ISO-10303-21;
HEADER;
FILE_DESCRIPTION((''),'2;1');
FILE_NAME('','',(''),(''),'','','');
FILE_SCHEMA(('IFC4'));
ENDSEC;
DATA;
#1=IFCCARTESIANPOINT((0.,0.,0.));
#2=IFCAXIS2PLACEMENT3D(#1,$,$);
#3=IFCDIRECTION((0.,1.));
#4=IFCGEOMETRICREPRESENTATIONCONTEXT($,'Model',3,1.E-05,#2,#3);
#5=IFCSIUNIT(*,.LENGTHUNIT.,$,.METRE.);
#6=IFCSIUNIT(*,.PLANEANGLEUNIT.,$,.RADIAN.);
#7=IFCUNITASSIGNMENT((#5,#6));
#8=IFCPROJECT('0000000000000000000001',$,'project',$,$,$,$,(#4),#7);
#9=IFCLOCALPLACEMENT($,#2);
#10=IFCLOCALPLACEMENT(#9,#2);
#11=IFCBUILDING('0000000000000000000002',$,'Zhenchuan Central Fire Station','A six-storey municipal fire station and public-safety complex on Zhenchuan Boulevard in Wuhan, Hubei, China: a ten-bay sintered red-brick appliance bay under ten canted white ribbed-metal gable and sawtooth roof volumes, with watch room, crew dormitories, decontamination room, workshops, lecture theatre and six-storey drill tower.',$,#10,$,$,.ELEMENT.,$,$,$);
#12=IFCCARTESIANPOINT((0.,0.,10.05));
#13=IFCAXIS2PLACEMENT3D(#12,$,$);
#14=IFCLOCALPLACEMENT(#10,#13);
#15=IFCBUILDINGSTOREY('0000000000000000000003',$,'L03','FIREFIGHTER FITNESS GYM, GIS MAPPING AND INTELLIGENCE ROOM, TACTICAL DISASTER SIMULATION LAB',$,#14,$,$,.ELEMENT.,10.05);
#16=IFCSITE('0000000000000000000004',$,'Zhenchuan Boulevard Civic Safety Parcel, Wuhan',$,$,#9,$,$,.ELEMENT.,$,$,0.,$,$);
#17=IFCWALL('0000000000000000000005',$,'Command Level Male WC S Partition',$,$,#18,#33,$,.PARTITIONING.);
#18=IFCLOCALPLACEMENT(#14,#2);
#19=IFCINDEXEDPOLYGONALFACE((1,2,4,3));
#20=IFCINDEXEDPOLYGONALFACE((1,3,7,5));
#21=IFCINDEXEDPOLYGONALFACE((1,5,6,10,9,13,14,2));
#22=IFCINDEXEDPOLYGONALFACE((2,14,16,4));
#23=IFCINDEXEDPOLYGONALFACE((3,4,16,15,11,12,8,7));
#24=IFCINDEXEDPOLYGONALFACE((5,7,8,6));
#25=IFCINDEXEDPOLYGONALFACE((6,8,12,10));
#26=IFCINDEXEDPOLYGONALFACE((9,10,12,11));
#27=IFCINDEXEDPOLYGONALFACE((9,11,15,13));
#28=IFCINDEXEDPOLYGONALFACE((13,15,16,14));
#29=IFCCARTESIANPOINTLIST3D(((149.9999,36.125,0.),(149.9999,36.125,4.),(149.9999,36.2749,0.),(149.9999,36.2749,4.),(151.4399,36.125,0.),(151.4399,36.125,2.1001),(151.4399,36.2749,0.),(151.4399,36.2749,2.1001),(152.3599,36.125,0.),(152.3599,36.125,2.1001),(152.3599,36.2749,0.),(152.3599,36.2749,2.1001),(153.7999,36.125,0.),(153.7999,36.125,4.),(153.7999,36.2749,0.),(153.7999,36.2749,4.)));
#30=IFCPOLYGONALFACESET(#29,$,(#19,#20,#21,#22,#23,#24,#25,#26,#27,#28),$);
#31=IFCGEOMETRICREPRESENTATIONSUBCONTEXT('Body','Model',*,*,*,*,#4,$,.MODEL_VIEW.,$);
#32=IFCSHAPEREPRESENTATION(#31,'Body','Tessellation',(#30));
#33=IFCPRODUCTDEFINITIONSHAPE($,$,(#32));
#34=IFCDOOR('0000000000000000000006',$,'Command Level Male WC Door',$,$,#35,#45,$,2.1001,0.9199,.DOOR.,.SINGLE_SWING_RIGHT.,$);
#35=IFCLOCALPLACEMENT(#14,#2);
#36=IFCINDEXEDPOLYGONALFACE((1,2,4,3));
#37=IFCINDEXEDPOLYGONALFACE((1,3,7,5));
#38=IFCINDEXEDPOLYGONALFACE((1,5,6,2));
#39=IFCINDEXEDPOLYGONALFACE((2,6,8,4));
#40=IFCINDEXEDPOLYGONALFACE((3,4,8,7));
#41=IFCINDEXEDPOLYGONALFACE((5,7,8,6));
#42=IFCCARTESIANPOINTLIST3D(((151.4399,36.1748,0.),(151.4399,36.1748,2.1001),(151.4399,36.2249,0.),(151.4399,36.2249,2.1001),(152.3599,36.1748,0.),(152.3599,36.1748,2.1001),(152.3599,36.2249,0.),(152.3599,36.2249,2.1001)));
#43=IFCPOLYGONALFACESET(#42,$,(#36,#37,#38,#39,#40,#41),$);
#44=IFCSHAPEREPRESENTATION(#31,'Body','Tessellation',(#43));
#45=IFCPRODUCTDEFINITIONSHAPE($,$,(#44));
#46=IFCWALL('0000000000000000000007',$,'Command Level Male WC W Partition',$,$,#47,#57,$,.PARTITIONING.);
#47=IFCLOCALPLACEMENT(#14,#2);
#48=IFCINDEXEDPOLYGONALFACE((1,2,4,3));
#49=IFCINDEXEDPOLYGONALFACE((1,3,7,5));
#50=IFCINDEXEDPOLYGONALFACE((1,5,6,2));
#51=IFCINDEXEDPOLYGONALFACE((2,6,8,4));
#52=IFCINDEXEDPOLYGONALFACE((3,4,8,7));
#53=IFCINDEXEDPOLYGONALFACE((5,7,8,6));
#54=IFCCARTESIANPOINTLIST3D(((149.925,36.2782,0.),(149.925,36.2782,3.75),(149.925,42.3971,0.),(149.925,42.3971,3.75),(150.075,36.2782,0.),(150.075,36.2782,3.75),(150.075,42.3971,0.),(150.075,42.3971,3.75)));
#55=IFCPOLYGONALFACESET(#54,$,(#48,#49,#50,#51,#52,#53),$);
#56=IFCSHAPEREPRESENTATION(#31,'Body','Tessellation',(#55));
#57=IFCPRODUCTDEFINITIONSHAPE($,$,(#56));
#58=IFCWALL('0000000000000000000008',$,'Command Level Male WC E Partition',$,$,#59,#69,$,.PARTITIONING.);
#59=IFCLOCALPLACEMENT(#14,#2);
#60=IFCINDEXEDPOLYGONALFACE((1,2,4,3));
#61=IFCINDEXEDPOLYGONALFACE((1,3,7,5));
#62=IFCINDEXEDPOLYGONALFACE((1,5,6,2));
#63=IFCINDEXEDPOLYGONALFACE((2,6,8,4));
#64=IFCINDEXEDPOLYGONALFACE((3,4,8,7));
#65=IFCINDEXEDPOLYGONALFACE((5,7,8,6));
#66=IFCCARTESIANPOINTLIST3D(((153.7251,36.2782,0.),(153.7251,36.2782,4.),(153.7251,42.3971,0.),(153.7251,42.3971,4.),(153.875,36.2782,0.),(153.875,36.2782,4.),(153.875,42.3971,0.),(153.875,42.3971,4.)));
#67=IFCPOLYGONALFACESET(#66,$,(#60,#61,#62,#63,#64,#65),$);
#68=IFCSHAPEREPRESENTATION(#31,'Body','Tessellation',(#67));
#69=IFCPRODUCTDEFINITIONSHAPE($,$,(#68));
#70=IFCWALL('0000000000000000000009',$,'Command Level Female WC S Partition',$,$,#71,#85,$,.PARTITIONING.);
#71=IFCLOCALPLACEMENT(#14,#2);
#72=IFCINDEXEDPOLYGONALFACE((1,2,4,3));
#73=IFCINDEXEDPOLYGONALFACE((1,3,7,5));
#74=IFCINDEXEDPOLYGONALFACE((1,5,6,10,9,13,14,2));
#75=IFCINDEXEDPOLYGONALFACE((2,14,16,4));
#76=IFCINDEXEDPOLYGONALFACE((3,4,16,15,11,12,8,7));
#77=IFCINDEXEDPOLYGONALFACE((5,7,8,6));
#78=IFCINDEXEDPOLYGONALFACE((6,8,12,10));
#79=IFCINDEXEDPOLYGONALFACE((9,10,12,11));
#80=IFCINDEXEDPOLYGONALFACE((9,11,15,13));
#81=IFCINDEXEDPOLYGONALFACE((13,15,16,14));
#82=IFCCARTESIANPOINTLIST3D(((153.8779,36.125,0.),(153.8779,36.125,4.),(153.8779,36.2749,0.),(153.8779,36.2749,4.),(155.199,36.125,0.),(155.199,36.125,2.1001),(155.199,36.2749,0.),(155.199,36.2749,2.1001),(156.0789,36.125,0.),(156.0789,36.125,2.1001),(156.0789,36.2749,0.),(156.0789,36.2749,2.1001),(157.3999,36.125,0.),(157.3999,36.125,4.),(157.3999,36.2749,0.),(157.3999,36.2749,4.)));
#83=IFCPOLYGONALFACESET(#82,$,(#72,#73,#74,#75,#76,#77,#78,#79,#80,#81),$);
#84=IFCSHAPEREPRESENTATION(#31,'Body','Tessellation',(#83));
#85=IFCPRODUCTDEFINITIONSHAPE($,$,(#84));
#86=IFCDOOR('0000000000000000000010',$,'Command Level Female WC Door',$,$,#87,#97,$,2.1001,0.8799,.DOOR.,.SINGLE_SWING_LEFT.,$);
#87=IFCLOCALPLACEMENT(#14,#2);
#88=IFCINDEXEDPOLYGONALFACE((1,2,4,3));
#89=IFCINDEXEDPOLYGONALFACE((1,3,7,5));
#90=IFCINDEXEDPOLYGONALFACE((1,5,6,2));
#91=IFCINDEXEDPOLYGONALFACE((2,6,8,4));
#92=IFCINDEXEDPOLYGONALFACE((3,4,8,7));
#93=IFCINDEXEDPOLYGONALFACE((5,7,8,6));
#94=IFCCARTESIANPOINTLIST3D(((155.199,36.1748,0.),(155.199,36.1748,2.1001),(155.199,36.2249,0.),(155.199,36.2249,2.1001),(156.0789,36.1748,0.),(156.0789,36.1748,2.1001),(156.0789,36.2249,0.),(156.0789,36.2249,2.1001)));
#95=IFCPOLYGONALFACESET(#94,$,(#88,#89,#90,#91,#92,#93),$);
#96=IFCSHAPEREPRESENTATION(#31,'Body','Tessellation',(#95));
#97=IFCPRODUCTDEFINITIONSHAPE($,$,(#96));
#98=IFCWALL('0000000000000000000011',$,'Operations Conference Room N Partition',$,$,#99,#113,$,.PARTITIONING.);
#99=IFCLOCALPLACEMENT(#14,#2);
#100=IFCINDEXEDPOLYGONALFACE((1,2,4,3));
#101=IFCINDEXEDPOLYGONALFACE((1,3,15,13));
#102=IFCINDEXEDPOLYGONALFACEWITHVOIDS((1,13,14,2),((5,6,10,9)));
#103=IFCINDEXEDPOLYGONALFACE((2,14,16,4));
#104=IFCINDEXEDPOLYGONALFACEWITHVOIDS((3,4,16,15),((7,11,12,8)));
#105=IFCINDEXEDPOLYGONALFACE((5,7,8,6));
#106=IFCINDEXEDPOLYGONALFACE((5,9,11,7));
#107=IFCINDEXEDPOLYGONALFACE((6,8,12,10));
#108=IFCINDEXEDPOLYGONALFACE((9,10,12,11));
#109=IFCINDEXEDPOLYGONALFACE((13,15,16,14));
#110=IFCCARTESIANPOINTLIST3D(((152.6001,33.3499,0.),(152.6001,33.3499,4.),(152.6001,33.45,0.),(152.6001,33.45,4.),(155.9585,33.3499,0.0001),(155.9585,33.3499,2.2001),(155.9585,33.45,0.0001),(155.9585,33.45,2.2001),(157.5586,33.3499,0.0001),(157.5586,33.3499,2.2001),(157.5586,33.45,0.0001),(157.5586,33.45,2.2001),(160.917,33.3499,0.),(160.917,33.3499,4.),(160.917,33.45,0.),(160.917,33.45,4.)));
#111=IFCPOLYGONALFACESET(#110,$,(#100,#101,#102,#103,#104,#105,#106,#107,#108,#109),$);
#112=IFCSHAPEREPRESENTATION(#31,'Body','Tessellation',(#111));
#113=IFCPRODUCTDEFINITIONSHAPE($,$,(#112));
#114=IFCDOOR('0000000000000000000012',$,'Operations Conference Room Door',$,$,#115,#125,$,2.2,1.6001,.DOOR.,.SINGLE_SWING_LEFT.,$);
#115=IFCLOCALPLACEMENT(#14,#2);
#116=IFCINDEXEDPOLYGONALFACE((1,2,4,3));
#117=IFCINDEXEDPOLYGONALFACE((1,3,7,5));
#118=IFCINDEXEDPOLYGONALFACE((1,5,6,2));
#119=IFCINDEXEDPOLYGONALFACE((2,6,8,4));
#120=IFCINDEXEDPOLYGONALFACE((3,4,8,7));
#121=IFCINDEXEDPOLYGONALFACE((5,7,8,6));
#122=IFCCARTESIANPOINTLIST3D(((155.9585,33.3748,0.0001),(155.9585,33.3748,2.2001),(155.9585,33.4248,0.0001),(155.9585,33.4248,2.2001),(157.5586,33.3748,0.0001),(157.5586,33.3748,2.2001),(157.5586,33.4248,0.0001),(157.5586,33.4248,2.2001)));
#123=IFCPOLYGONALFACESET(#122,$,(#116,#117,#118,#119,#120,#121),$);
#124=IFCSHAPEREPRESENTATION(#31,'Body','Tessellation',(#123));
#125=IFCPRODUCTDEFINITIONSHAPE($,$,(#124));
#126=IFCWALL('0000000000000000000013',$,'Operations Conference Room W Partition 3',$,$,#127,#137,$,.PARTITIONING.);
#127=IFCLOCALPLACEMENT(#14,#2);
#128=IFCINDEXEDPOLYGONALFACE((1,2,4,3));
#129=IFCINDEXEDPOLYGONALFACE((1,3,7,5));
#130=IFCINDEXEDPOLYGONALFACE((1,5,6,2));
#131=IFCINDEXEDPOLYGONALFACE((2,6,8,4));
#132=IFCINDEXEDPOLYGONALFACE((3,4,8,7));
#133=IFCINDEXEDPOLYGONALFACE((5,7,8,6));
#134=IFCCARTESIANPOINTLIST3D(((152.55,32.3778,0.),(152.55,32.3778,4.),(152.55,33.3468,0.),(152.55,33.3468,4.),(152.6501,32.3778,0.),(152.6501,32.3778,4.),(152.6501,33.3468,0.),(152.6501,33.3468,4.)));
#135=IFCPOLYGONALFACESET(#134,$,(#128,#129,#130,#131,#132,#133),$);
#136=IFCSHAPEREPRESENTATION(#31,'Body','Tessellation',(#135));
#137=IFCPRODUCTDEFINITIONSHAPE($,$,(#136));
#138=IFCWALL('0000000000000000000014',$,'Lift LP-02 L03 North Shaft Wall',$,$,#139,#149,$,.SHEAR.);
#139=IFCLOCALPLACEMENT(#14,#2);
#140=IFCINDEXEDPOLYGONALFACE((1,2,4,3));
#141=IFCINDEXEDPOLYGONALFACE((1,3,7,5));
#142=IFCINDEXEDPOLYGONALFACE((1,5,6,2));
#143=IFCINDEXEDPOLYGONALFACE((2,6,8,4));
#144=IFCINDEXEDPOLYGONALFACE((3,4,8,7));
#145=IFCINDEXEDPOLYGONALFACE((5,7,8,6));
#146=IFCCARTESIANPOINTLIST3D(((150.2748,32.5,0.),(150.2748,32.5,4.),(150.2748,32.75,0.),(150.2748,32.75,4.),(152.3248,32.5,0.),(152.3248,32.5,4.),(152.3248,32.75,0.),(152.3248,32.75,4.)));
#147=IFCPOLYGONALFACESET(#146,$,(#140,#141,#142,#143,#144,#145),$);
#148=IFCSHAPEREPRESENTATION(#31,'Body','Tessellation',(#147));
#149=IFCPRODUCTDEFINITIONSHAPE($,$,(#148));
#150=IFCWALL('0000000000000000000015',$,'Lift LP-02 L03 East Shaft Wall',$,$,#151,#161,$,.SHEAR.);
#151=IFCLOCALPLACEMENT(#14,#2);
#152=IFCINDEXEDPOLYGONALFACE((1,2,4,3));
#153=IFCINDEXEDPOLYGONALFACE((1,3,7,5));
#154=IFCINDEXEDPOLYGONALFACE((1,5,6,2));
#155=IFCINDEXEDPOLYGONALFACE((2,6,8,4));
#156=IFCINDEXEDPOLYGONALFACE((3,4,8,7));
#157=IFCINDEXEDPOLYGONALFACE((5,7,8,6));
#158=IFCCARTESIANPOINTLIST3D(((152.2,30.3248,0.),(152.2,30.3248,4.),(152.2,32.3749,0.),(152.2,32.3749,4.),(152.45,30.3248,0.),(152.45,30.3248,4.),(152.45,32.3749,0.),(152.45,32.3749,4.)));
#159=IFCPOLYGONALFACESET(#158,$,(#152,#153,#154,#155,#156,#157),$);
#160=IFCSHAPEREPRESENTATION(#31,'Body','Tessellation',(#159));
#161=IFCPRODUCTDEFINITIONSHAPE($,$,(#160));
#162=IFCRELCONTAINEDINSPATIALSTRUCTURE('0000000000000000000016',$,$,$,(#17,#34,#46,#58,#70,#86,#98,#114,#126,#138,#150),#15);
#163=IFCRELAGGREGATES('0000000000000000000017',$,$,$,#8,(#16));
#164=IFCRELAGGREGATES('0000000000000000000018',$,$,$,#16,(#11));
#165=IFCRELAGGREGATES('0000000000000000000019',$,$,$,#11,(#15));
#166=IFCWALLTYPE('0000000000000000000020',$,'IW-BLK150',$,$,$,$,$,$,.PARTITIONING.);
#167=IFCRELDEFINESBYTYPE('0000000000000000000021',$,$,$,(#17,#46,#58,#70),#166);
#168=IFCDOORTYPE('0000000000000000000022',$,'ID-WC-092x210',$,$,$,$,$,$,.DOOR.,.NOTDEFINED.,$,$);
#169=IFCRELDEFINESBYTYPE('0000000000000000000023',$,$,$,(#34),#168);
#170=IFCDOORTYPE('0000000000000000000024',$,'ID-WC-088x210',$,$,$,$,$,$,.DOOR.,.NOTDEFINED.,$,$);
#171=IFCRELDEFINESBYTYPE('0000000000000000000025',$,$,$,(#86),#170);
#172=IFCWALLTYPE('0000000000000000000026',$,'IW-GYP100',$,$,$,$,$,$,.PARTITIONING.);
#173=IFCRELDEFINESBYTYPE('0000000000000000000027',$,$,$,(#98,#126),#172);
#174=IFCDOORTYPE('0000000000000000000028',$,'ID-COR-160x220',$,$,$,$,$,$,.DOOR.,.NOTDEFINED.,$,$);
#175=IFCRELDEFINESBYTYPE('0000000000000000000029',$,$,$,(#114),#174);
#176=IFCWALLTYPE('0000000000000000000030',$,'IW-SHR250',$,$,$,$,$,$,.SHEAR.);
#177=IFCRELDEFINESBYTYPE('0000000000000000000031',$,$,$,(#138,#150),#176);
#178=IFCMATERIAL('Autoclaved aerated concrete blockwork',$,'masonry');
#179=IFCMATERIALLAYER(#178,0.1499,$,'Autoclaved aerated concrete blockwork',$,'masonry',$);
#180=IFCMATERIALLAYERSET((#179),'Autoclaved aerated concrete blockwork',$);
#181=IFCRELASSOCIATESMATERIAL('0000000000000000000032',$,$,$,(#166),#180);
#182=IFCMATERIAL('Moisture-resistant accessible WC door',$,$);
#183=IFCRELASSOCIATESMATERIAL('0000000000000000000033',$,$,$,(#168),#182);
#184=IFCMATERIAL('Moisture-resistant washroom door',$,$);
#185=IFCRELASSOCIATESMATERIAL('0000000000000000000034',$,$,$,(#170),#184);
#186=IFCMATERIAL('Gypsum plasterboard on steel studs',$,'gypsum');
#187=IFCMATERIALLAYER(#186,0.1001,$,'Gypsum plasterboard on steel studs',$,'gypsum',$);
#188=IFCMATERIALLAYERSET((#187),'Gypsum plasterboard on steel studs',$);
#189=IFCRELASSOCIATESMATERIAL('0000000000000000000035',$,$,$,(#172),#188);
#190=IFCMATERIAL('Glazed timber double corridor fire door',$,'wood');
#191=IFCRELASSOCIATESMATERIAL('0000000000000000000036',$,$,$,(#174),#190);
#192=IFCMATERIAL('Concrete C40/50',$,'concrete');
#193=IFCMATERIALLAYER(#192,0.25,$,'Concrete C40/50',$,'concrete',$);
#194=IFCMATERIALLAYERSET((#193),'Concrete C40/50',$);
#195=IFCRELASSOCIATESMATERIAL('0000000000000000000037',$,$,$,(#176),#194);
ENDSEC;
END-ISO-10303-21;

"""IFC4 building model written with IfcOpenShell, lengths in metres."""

from ifc_helpers import new_model, si_unit, direction, frame, frame_2d, origin, place, context, subcontext, project, spatial, rectangle, extrude, material, layer, layer_set, type_object, element, fill, save


model = new_model("IFC4")

# Units and contexts
model_context = context("Model", 3, precision=1e-05, world=origin(), true_north=direction((0.0, 1.0)))
body_context = subcontext(model_context, "Body", "Model", "MODEL_VIEW")
ifc_project = project(units=[si_unit("LENGTHUNIT", "METRE"), si_unit("PLANEANGLEUNIT", "RADIAN")], contexts=[model_context])

# Site, building, storey
site_placement = place(None, origin())
site = spatial("IfcSite", under=ifc_project, at=site_placement, Name="Zhenchuan Boulevard Civic Safety Parcel, Wuhan", CompositionType="ELEMENT", RefElevation=0.0)
building_placement = place(site_placement, origin())
building = spatial("IfcBuilding", under=site, at=building_placement, Name="Zhenchuan Central Fire Station", Description="A six-storey municipal fire station and public-safety complex on Zhenchuan Boulevard in Wuhan, Hubei, China: a ten-bay sintered red-brick appliance bay under ten canted white ribbed-metal gable and sawtooth roof volumes, with watch room, crew dormitories, decontamination room, workshops, lecture theatre and six-storey drill tower.", CompositionType="ELEMENT")
storey_placement = place(building_placement, frame((0.0, 0.0, 10.05)))
storey = spatial("IfcBuildingStorey", under=building, at=storey_placement, Name="L03", Description="FIREFIGHTER FITNESS GYM, GIS MAPPING AND INTELLIGENCE ROOM, TACTICAL DISASTER SIMULATION LAB", CompositionType="ELEMENT", Elevation=10.05)

# Shared definitions
ifc_material_1 = material(Name="Concrete C40/50", Category="concrete")

# Wall, opening, door
ifc_material_2 = material(Name="Autoclaved aerated concrete blockwork", Category="masonry")
ifc_layer_1 = layer(ifc_material_2, 0.1499, Name="Autoclaved aerated concrete blockwork", Category="masonry")
ifc_layer_set_1 = layer_set([ifc_layer_1], Name="Autoclaved aerated concrete blockwork")
wall_type_1 = type_object("IfcWallType", Name="IW-BLK150", PredefinedType="PARTITIONING", material=ifc_layer_set_1)
wall_1_placement = place(storey_placement, frame((150.0, 36.2, 0.0), z_axis=(0.0, 0.0, 1.0), x_axis=(1.0, 0.0, 0.0)))
wall_1 = element("IfcWall", 1, at=wall_1_placement, inside=storey, type_object=wall_type_1, Name="Command Level Male WC S Partition", PredefinedType="PARTITIONING", context=body_context, shape_type="SweptSolid", body=[
    extrude(rectangle(XDim=3.8, YDim=0.1499, at=frame_2d((1.8999, 0.0))), origin(), (0.0, 0.0, 1.0), 4.0),
])
opening_1_placement = place(wall_1_placement, frame((1.4399, 0.0, 0.0)))
opening_1 = element("IfcOpeningElement", 2, at=opening_1_placement, cuts=wall_1, PredefinedType="OPENING", context=body_context, shape_type="SweptSolid", body=[
    extrude(rectangle(XDim=0.9199, YDim=2.1001, at=frame_2d((0.46, 1.05))), frame((0.0, 0.085, 0.0), z_axis=(0.0, -1.0, 0.0), x_axis=(1.0, 0.0, 0.0)), (0.0, 0.0, 1.0), 0.1699),
])
ifc_material_3 = material(Name="Moisture-resistant accessible WC door")
door_type_1 = type_object("IfcDoorType", Name="ID-WC-092x210", OperationType="NOTDEFINED", PredefinedType="DOOR", material=ifc_material_3)
door_1_placement = place(opening_1_placement, origin())
door_1 = element("IfcDoor", 3, at=door_1_placement, inside=storey, type_object=door_type_1, Name="Command Level Male WC Door", OperationType="SINGLE_SWING_RIGHT", OverallHeight=2.1001, OverallWidth=0.9199, PredefinedType="DOOR", context=body_context, shape_type="SweptSolid", body=[
    extrude(rectangle(XDim=0.9199, YDim=2.1001, at=frame_2d((0.46, 1.05))), frame((0.0, 0.0249, 0.0), z_axis=(0.0, -1.0, 0.0), x_axis=(1.0, 0.0, 0.0)), (0.0, 0.0, 1.0), 0.05),
])
fill(opening_1, door_1)

# Walls
wall_2_placement = place(storey_placement, frame((150.0, 36.2781, 0.0), z_axis=(0.0, 0.0, 1.0), x_axis=(0.0, 1.0, 0.0)))
element("IfcWall", 4, at=wall_2_placement, inside=storey, type_object=wall_type_1, Name="Command Level Male WC W Partition", PredefinedType="PARTITIONING", context=body_context, shape_type="SweptSolid", body=[
    extrude(rectangle(XDim=6.1189, YDim=0.1499, at=frame_2d((3.0596, 0.0))), origin(), (0.0, 0.0, 1.0), 3.75),
])
wall_3_placement = place(storey_placement, frame((153.8, 36.2781, 0.0), z_axis=(0.0, 0.0, 1.0), x_axis=(0.0, 1.0, 0.0)))
element("IfcWall", 5, at=wall_3_placement, inside=storey, type_object=wall_type_1, Name="Command Level Male WC E Partition", PredefinedType="PARTITIONING", context=body_context, shape_type="SweptSolid", body=[
    extrude(rectangle(XDim=6.1189, YDim=0.1499, at=frame_2d((3.0596, 0.0))), origin(), (0.0, 0.0, 1.0), 4.0),
])

# Walls, openings, doors
wall_4_placement = place(storey_placement, frame((153.8779, 36.2, 0.0), z_axis=(0.0, 0.0, 1.0), x_axis=(1.0, 0.0, 0.0)))
wall_4 = element("IfcWall", 6, at=wall_4_placement, inside=storey, type_object=wall_type_1, Name="Command Level Female WC S Partition", PredefinedType="PARTITIONING", context=body_context, shape_type="SweptSolid", body=[
    extrude(rectangle(XDim=3.522, YDim=0.1499, at=frame_2d((1.761, 0.0))), origin(), (0.0, 0.0, 1.0), 4.0),
])
opening_2_placement = place(wall_4_placement, frame((1.321, 0.0, 0.0)))
opening_2 = element("IfcOpeningElement", 7, at=opening_2_placement, cuts=wall_4, PredefinedType="OPENING", context=body_context, shape_type="SweptSolid", body=[
    extrude(rectangle(XDim=0.8799, YDim=2.1001, at=frame_2d((0.4399, 1.05))), frame((0.0, 0.085, 0.0), z_axis=(0.0, -1.0, 0.0), x_axis=(1.0, 0.0, 0.0)), (0.0, 0.0, 1.0), 0.1699),
])
ifc_material_4 = material(Name="Moisture-resistant washroom door")
door_type_2 = type_object("IfcDoorType", Name="ID-WC-088x210", OperationType="NOTDEFINED", PredefinedType="DOOR", material=ifc_material_4)
door_2_placement = place(opening_2_placement, origin())
door_2 = element("IfcDoor", 8, at=door_2_placement, inside=storey, type_object=door_type_2, Name="Command Level Female WC Door", OperationType="SINGLE_SWING_LEFT", OverallHeight=2.1001, OverallWidth=0.8799, PredefinedType="DOOR", context=body_context, shape_type="SweptSolid", body=[
    extrude(rectangle(XDim=0.8799, YDim=2.1001, at=frame_2d((0.4399, 1.05))), frame((0.0, 0.0249, 0.0), z_axis=(0.0, -1.0, 0.0), x_axis=(1.0, 0.0, 0.0)), (0.0, 0.0, 1.0), 0.05),
])
fill(opening_2, door_2)
ifc_material_5 = material(Name="Gypsum plasterboard on steel studs", Category="gypsum")
ifc_layer_2 = layer(ifc_material_5, 0.1001, Name="Gypsum plasterboard on steel studs", Category="gypsum")
ifc_layer_set_2 = layer_set([ifc_layer_2], Name="Gypsum plasterboard on steel studs")
wall_type_2 = type_object("IfcWallType", Name="IW-GYP100", PredefinedType="PARTITIONING", material=ifc_layer_set_2)
wall_5_placement = place(storey_placement, frame((152.6001, 33.3999, 0.0), z_axis=(0.0, 0.0, 1.0), x_axis=(1.0, 0.0, 0.0)))
wall_5 = element("IfcWall", 9, at=wall_5_placement, inside=storey, type_object=wall_type_2, Name="Operations Conference Room N Partition", PredefinedType="PARTITIONING", context=body_context, shape_type="SweptSolid", body=[
    extrude(rectangle(XDim=8.3169, YDim=0.1001, at=frame_2d((4.1584, 0.0))), origin(), (0.0, 0.0, 1.0), 4.0),
])
opening_3_placement = place(wall_5_placement, frame((3.3584, 0.0, 0.0)))
opening_3 = element("IfcOpeningElement", 10, at=opening_3_placement, cuts=wall_5, PredefinedType="OPENING", context=body_context, shape_type="SweptSolid", body=[
    extrude(rectangle(XDim=1.6001, YDim=2.2, at=frame_2d((0.8, 1.1001))), frame((0.0, 0.0601, 0.0), z_axis=(0.0, -1.0, 0.0), x_axis=(1.0, 0.0, 0.0)), (0.0, 0.0, 1.0), 0.1201),
])
ifc_material_6 = material(Name="Glazed timber double corridor fire door", Category="wood")
door_type_3 = type_object("IfcDoorType", Name="ID-COR-160x220", OperationType="NOTDEFINED", PredefinedType="DOOR", material=ifc_material_6)
door_3_placement = place(opening_3_placement, origin())
door_3 = element("IfcDoor", 11, at=door_3_placement, inside=storey, type_object=door_type_3, Name="Operations Conference Room Door", OperationType="SINGLE_SWING_LEFT", OverallHeight=2.2, OverallWidth=1.6001, PredefinedType="DOOR", context=body_context, shape_type="SweptSolid", body=[
    extrude(rectangle(XDim=1.6001, YDim=2.2, at=frame_2d((0.8, 1.1001))), frame((0.0, 0.0249, 0.0), z_axis=(0.0, -1.0, 0.0), x_axis=(1.0, 0.0, 0.0)), (0.0, 0.0, 1.0), 0.05),
])
fill(opening_3, door_3)

# Walls
wall_6_placement = place(storey_placement, frame((152.6001, 32.3779, 0.0), z_axis=(0.0, 0.0, 1.0), x_axis=(0.0, 1.0, 0.0)))
element("IfcWall", 12, at=wall_6_placement, inside=storey, type_object=wall_type_2, Name="Operations Conference Room W Partition 3", PredefinedType="PARTITIONING", context=body_context, shape_type="SweptSolid", body=[
    extrude(rectangle(XDim=0.969, YDim=0.1001, at=frame_2d((0.4844, 0.0))), origin(), (0.0, 0.0, 1.0), 4.0),
])
ifc_layer_3 = layer(ifc_material_1, 0.25, Name="Concrete C40/50", Category="concrete")
ifc_layer_set_3 = layer_set([ifc_layer_3], Name="Concrete C40/50")
wall_type_3 = type_object("IfcWallType", Name="IW-SHR250", PredefinedType="SHEAR", material=ifc_layer_set_3)
wall_7_placement = place(storey_placement, frame((150.2749, 32.625, 0.0), z_axis=(0.0, 0.0, 1.0), x_axis=(1.0, 0.0, 0.0)))
element("IfcWall", 13, at=wall_7_placement, inside=storey, type_object=wall_type_3, Name="Lift LP-02 L03 North Shaft Wall", PredefinedType="SHEAR", context=body_context, shape_type="SweptSolid", body=[
    extrude(rectangle(XDim=2.05, YDim=0.25, at=frame_2d((1.0249, 0.0))), origin(), (0.0, 0.0, 1.0), 4.0),
])

# Wall
wall_8_placement = place(storey_placement, frame((152.325, 30.325, 0.0), z_axis=(0.0, 0.0, 1.0), x_axis=(0.0, 1.0, 0.0)))
element("IfcWall", 14, at=wall_8_placement, inside=storey, type_object=wall_type_3, Name="Lift LP-02 L03 East Shaft Wall", PredefinedType="SHEAR", context=body_context, shape_type="SweptSolid", body=[
    extrude(rectangle(XDim=2.05, YDim=0.25, at=frame_2d((1.0249, 0.0))), origin(), (0.0, 0.0, 1.0), 4.0),
])

save(model, "model.ifc")
